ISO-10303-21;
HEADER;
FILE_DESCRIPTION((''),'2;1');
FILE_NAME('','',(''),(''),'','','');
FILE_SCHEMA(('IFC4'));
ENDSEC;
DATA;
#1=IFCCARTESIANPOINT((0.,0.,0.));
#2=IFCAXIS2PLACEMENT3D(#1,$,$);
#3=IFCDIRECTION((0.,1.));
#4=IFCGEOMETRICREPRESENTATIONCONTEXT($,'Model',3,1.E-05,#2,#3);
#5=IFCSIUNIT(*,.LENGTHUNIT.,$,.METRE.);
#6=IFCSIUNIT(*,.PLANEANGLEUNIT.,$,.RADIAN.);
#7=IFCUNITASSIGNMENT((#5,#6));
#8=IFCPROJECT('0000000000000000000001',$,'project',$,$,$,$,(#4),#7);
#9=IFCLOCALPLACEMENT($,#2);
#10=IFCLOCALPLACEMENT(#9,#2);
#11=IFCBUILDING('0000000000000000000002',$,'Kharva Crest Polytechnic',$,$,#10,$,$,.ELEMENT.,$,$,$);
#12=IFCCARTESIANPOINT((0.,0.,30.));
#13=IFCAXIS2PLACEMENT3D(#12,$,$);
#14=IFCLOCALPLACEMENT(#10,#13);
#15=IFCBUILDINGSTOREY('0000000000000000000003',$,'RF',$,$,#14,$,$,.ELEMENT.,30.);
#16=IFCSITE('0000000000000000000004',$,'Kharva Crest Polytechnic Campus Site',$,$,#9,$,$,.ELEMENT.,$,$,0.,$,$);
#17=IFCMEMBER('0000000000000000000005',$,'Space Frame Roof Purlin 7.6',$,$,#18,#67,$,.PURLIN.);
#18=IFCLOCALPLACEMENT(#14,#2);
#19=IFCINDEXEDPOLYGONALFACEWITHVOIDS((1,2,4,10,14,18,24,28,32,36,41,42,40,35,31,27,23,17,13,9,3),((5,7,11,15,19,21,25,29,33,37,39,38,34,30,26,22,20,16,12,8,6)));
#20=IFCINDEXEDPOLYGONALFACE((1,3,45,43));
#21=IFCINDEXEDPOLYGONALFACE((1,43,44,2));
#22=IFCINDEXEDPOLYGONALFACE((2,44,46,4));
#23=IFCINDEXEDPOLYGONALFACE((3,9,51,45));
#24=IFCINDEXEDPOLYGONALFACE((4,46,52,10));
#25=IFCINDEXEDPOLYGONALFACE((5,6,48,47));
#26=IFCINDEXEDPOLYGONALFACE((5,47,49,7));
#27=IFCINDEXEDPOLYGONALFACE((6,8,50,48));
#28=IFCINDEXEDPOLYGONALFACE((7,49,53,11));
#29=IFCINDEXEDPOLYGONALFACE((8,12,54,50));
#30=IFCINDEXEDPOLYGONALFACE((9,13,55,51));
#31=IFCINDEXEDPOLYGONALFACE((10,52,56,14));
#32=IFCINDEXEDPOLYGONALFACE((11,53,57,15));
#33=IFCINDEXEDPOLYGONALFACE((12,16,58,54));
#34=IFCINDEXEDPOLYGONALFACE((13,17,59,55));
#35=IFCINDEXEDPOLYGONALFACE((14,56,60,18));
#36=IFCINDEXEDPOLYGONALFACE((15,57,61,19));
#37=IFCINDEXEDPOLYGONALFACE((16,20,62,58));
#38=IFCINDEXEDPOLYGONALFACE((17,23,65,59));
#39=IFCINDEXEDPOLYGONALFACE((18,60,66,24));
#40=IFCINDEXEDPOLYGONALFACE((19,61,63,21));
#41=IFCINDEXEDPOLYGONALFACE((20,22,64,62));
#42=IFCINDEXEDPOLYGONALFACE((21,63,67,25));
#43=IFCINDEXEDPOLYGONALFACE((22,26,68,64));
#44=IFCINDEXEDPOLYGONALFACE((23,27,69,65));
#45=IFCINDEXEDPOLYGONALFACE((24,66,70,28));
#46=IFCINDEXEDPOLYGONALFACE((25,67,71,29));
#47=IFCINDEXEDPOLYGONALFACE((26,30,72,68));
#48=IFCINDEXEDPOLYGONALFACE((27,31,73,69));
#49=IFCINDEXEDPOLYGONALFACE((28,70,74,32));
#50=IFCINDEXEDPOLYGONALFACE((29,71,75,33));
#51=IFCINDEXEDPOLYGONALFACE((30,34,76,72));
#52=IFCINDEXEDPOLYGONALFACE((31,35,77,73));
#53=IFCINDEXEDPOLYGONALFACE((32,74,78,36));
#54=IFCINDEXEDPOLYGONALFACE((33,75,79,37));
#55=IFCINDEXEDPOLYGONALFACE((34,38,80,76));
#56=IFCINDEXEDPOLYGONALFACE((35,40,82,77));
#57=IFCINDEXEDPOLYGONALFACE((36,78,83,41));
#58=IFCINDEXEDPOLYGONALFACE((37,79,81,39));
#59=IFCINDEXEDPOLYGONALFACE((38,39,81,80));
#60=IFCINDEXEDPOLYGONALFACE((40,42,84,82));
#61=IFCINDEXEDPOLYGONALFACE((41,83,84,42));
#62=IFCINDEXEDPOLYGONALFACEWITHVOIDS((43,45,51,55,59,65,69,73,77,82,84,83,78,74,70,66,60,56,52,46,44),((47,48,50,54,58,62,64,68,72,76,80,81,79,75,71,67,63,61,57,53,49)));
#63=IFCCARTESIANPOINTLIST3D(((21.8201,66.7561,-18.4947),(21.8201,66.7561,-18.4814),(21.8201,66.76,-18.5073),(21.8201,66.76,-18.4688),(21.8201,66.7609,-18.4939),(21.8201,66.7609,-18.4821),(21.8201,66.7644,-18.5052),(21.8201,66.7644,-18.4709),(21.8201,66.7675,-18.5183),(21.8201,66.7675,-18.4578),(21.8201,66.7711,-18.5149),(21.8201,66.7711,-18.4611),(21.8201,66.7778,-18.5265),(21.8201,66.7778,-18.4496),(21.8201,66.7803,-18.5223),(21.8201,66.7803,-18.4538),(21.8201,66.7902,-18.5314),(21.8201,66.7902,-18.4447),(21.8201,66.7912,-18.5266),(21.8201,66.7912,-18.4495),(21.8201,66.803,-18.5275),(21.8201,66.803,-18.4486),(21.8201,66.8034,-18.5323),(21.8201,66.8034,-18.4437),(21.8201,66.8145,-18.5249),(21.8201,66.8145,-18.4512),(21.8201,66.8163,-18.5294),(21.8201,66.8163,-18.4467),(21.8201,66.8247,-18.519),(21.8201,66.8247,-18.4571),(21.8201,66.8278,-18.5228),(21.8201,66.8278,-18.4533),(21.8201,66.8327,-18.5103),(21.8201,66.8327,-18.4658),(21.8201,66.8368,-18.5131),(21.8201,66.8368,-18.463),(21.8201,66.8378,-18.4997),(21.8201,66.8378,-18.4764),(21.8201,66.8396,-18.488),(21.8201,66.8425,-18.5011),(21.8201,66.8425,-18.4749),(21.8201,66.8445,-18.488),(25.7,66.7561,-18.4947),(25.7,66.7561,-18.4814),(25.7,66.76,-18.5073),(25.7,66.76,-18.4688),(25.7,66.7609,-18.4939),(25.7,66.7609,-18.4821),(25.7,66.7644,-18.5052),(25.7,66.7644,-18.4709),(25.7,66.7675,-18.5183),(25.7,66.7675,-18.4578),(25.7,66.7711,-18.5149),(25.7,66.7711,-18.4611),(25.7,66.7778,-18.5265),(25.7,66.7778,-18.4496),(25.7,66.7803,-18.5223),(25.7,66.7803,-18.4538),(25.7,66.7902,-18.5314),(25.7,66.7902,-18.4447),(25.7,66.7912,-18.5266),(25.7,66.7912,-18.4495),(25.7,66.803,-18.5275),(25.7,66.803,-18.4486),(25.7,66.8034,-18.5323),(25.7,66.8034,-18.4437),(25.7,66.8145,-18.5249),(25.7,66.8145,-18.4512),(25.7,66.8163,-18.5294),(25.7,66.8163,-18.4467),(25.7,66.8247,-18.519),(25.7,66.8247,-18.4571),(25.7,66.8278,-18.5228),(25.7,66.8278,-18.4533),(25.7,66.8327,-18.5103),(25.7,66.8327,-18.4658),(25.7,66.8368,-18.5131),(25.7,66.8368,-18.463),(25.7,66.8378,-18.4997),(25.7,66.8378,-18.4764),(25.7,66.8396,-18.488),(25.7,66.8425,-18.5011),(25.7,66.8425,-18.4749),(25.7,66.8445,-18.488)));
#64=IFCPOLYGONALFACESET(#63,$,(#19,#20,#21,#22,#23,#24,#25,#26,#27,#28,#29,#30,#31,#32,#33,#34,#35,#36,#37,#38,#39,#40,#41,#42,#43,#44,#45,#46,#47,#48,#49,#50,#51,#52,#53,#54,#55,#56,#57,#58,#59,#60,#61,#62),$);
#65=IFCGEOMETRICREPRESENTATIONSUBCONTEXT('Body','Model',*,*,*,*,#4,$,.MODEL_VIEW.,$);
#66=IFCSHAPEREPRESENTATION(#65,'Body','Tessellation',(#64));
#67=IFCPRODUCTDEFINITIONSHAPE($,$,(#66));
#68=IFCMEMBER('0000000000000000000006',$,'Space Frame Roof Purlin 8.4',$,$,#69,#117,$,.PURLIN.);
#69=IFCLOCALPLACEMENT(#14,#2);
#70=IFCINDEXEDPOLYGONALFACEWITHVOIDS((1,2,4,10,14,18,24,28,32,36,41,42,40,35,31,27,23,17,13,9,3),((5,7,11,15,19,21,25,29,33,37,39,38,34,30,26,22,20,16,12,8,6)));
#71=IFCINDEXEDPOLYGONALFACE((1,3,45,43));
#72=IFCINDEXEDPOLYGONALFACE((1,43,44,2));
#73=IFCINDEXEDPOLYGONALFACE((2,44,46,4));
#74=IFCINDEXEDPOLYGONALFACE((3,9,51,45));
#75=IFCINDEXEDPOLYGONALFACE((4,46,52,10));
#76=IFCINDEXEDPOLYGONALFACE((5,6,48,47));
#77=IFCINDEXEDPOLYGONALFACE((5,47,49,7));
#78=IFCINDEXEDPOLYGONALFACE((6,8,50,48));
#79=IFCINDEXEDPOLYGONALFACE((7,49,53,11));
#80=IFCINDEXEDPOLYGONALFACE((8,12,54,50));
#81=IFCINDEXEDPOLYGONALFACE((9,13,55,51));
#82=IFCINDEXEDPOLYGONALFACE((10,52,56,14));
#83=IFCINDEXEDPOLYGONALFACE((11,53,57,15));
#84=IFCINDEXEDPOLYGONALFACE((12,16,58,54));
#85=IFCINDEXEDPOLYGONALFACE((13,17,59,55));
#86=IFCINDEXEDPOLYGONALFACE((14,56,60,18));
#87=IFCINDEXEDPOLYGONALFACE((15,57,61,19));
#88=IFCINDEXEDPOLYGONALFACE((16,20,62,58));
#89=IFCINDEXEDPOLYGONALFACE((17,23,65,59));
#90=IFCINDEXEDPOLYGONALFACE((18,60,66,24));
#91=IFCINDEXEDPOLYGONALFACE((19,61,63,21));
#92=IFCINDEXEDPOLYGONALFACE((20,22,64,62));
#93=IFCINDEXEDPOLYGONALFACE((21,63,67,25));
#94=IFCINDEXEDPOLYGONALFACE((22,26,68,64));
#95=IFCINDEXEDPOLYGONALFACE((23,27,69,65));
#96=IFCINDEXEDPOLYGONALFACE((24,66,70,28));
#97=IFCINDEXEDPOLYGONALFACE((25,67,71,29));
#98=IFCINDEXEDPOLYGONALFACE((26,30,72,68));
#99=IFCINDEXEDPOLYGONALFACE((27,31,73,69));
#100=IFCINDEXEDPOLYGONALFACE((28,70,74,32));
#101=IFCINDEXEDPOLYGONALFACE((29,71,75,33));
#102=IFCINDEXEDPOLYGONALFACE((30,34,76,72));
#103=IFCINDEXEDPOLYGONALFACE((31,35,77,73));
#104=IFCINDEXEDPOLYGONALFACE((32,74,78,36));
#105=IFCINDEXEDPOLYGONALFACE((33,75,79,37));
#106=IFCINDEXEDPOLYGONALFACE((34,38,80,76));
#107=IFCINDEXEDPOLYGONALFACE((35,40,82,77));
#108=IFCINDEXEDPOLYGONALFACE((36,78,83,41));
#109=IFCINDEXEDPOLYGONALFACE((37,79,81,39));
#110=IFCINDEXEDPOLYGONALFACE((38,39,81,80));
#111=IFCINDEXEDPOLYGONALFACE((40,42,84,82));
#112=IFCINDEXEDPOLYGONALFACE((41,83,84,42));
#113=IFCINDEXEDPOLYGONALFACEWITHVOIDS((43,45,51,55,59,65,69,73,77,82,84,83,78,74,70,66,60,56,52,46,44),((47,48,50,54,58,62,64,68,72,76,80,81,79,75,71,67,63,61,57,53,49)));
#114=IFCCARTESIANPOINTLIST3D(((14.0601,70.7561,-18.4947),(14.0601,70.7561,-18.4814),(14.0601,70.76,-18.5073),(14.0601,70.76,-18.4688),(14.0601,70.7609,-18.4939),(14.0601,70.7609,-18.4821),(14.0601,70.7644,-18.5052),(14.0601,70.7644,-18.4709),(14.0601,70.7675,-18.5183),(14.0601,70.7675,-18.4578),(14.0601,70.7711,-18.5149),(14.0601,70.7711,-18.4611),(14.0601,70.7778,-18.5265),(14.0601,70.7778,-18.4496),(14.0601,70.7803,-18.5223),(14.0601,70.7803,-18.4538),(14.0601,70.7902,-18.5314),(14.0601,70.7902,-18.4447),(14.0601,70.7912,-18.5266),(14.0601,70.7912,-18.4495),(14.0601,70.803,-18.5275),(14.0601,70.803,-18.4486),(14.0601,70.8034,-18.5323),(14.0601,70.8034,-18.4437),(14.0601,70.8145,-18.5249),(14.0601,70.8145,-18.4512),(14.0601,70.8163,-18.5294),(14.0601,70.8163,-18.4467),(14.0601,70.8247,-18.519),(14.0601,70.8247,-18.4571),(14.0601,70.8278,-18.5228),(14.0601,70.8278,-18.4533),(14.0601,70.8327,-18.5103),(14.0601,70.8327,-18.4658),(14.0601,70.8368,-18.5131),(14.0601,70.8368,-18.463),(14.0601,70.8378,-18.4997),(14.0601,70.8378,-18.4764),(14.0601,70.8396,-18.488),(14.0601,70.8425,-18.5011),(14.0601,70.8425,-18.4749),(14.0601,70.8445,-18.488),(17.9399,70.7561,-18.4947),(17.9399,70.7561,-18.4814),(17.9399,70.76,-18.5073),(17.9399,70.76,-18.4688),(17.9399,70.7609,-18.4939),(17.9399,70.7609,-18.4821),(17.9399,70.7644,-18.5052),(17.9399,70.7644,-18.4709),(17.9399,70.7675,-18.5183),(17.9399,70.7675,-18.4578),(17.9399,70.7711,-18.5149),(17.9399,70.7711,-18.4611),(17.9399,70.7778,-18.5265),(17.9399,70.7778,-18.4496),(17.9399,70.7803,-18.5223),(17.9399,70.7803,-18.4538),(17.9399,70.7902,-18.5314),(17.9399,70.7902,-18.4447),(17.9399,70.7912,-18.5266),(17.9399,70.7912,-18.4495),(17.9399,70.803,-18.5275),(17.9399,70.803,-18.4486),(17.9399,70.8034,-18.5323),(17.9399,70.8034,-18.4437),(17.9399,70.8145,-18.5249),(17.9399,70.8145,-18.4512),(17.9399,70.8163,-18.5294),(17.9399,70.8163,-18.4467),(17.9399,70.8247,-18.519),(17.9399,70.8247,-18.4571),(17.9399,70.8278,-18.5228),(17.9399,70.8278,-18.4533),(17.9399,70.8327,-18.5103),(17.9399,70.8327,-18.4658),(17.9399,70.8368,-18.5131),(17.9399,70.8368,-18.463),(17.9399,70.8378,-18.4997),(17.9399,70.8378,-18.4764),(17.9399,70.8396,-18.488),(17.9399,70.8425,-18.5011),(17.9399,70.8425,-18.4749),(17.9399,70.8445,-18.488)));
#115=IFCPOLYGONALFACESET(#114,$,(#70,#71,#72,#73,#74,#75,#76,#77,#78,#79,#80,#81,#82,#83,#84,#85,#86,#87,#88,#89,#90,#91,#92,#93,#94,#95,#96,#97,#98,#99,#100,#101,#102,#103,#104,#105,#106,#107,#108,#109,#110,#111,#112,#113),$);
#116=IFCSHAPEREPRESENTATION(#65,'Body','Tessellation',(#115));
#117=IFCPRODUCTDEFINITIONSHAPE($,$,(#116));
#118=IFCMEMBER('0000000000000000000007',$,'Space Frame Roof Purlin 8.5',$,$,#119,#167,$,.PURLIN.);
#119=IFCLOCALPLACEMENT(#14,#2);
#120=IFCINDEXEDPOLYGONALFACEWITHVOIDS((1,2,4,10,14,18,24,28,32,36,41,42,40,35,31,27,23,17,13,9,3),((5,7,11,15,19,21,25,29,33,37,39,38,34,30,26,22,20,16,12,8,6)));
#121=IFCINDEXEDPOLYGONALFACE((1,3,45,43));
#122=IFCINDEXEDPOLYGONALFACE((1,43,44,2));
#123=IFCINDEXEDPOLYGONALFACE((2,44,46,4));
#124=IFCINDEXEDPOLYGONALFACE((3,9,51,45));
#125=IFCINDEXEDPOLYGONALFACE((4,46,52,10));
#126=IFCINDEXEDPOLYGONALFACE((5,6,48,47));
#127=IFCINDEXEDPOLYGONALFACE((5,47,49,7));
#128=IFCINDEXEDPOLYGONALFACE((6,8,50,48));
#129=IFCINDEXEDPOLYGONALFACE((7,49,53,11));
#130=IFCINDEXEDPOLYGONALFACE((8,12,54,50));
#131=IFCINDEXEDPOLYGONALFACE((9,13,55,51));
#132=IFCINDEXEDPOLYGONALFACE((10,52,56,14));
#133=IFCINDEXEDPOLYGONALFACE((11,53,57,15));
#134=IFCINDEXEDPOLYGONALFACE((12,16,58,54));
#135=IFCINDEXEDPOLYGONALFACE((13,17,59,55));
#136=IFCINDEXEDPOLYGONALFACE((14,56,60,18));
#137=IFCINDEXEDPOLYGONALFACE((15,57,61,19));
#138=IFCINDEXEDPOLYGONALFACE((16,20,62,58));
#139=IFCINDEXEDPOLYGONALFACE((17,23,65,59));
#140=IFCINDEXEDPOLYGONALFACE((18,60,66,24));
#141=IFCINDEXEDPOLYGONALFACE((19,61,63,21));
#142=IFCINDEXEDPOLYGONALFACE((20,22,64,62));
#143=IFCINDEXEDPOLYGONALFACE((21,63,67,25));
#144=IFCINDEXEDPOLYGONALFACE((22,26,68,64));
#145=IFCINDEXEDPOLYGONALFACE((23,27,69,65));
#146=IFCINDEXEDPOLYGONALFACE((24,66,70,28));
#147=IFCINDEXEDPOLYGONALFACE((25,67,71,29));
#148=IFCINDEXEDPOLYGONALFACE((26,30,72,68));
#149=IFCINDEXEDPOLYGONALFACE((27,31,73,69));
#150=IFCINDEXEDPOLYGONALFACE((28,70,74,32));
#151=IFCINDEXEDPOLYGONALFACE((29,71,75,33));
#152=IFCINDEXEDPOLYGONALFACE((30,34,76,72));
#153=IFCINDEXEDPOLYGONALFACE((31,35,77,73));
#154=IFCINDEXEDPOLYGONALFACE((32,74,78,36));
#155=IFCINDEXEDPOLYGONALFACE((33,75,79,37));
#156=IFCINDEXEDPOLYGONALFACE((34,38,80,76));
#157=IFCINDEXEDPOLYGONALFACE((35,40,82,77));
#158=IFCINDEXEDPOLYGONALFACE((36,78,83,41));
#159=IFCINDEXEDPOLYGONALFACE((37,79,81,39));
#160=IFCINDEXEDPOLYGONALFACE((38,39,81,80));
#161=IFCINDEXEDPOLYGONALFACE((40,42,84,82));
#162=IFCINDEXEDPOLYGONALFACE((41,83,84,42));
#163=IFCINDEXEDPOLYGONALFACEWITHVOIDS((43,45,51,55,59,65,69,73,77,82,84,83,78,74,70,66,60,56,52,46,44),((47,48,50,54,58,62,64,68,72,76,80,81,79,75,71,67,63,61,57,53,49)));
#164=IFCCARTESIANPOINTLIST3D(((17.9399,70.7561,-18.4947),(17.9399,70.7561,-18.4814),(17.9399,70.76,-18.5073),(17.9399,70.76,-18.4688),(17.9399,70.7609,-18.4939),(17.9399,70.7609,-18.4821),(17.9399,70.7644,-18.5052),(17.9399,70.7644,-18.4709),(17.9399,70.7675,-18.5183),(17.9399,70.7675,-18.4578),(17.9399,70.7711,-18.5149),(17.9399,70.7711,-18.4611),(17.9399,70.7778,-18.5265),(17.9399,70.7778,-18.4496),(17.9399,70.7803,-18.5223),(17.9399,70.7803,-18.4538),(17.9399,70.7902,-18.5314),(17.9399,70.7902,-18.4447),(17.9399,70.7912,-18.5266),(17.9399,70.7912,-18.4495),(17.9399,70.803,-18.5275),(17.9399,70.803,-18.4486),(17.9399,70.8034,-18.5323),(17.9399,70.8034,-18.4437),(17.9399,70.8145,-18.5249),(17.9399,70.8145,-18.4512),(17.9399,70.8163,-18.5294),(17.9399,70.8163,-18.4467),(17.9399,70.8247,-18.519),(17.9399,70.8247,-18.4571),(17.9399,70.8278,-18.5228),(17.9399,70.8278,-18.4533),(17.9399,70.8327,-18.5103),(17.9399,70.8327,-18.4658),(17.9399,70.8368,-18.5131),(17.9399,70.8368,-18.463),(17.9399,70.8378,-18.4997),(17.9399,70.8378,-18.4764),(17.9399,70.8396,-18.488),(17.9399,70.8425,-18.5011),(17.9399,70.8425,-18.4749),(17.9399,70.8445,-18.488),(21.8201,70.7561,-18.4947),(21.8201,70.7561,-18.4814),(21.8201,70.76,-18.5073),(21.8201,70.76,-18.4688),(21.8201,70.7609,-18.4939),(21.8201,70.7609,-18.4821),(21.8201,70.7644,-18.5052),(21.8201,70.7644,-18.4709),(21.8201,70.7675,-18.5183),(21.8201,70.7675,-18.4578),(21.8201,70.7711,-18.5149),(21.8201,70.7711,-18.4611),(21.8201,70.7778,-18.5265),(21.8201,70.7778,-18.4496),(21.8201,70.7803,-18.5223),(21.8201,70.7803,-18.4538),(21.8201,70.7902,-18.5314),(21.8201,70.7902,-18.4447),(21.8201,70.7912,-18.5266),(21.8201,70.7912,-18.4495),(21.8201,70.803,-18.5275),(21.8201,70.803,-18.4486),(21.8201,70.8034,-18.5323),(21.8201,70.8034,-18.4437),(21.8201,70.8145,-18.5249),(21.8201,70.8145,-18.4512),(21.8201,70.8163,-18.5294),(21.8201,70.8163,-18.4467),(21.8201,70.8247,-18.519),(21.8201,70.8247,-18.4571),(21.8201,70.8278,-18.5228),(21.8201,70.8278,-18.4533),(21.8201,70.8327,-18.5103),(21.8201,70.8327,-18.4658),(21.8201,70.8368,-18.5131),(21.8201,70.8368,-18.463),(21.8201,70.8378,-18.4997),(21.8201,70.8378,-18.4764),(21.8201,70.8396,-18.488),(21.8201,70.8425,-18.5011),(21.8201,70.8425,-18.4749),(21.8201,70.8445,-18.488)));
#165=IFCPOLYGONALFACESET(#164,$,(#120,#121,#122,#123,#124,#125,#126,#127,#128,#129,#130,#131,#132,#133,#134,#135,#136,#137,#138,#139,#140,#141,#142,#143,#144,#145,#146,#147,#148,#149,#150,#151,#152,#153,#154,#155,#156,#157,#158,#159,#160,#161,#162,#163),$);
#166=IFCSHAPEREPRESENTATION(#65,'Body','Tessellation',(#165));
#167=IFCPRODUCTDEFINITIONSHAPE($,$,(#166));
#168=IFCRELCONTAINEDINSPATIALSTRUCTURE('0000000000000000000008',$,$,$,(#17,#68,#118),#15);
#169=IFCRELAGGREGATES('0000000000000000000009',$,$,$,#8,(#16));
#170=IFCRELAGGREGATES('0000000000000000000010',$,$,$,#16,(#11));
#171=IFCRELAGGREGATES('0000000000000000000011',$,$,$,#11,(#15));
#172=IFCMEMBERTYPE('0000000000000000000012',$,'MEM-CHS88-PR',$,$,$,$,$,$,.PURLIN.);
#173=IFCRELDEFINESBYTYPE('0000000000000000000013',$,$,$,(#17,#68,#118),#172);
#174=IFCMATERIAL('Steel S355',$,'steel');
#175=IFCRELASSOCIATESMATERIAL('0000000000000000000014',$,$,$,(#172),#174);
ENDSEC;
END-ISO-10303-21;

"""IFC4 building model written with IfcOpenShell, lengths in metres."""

from ifc_helpers import new_model, si_unit, direction, frame, origin, origin_2d, place, context, subcontext, project, spatial, hollow_circle, extrude, material, material_profile, profile_set, type_object, element, save


model = new_model("IFC4")

# Units and contexts
model_context = context("Model", 3, precision=1e-05, world=origin(), true_north=direction((0.0, 1.0)))
body_context = subcontext(model_context, "Body", "Model", "MODEL_VIEW")
ifc_project = project(units=[si_unit("LENGTHUNIT", "METRE"), si_unit("PLANEANGLEUNIT", "RADIAN")], contexts=[model_context])

# Site, building, storey
site_placement = place(None, origin())
site = spatial("IfcSite", under=ifc_project, at=site_placement, Name="Kharva Crest Polytechnic Campus Site", CompositionType="ELEMENT", RefElevation=0.0)
building_placement = place(site_placement, origin())
building = spatial("IfcBuilding", under=site, at=building_placement, Name="Kharva Crest Polytechnic", CompositionType="ELEMENT")
storey_placement = place(building_placement, frame((0.0, 0.0, 30.0)))
storey = spatial("IfcBuildingStorey", under=building, at=storey_placement, Name="RF", CompositionType="ELEMENT", Elevation=30.0)

# Members
ifc_material = material(Name="Steel S355", Category="steel")
ifc_material_profile = material_profile(ifc_material, hollow_circle(Radius=0.0444, WallThickness=0.0049, at=origin_2d()), Name="CHS 88.9X5.0")
ifc_profile_set = profile_set([ifc_material_profile], Name="Steel S355")
member_type = type_object("IfcMemberType", Name="MEM-CHS88-PR", PredefinedType="PURLIN", material=ifc_profile_set)
for number, where, z_axis, x_axis, name in (
    (1, (21.8201, 66.8, -18.488), (1.0, 0.0, 0.0), (0.0, 1.0, 0.0), "Space Frame Roof Purlin 7.6"),
    (2, (14.0601, 70.8, -18.488), (1.0, 0.0, 0.0), (0.0, 1.0, 0.0), "Space Frame Roof Purlin 8.4"),
):
    element("IfcMember", number, at=place(storey_placement, frame(where, z_axis=z_axis, x_axis=x_axis)), inside=storey, type_object=member_type, Name=name, PredefinedType="PURLIN", context=body_context, shape_type="SweptSolid", body=[
        extrude(hollow_circle(Radius=0.0444, WallThickness=0.0049, at=origin_2d()), origin(), (0.0, 0.0, 1.0), 3.8799),
    ])
member_1_placement = place(storey_placement, frame((17.9399, 70.8, -18.488), z_axis=(1.0, 0.0, 0.0), x_axis=(0.0, 1.0, 0.0)))
element("IfcMember", 3, at=member_1_placement, inside=storey, type_object=member_type, Name="Space Frame Roof Purlin 8.5", PredefinedType="PURLIN", context=body_context, shape_type="SweptSolid", body=[
    extrude(hollow_circle(Radius=0.0444, WallThickness=0.0049, at=origin_2d()), origin(), (0.0, 0.0, 1.0), 3.8801),
])

save(model, "model.ifc")
